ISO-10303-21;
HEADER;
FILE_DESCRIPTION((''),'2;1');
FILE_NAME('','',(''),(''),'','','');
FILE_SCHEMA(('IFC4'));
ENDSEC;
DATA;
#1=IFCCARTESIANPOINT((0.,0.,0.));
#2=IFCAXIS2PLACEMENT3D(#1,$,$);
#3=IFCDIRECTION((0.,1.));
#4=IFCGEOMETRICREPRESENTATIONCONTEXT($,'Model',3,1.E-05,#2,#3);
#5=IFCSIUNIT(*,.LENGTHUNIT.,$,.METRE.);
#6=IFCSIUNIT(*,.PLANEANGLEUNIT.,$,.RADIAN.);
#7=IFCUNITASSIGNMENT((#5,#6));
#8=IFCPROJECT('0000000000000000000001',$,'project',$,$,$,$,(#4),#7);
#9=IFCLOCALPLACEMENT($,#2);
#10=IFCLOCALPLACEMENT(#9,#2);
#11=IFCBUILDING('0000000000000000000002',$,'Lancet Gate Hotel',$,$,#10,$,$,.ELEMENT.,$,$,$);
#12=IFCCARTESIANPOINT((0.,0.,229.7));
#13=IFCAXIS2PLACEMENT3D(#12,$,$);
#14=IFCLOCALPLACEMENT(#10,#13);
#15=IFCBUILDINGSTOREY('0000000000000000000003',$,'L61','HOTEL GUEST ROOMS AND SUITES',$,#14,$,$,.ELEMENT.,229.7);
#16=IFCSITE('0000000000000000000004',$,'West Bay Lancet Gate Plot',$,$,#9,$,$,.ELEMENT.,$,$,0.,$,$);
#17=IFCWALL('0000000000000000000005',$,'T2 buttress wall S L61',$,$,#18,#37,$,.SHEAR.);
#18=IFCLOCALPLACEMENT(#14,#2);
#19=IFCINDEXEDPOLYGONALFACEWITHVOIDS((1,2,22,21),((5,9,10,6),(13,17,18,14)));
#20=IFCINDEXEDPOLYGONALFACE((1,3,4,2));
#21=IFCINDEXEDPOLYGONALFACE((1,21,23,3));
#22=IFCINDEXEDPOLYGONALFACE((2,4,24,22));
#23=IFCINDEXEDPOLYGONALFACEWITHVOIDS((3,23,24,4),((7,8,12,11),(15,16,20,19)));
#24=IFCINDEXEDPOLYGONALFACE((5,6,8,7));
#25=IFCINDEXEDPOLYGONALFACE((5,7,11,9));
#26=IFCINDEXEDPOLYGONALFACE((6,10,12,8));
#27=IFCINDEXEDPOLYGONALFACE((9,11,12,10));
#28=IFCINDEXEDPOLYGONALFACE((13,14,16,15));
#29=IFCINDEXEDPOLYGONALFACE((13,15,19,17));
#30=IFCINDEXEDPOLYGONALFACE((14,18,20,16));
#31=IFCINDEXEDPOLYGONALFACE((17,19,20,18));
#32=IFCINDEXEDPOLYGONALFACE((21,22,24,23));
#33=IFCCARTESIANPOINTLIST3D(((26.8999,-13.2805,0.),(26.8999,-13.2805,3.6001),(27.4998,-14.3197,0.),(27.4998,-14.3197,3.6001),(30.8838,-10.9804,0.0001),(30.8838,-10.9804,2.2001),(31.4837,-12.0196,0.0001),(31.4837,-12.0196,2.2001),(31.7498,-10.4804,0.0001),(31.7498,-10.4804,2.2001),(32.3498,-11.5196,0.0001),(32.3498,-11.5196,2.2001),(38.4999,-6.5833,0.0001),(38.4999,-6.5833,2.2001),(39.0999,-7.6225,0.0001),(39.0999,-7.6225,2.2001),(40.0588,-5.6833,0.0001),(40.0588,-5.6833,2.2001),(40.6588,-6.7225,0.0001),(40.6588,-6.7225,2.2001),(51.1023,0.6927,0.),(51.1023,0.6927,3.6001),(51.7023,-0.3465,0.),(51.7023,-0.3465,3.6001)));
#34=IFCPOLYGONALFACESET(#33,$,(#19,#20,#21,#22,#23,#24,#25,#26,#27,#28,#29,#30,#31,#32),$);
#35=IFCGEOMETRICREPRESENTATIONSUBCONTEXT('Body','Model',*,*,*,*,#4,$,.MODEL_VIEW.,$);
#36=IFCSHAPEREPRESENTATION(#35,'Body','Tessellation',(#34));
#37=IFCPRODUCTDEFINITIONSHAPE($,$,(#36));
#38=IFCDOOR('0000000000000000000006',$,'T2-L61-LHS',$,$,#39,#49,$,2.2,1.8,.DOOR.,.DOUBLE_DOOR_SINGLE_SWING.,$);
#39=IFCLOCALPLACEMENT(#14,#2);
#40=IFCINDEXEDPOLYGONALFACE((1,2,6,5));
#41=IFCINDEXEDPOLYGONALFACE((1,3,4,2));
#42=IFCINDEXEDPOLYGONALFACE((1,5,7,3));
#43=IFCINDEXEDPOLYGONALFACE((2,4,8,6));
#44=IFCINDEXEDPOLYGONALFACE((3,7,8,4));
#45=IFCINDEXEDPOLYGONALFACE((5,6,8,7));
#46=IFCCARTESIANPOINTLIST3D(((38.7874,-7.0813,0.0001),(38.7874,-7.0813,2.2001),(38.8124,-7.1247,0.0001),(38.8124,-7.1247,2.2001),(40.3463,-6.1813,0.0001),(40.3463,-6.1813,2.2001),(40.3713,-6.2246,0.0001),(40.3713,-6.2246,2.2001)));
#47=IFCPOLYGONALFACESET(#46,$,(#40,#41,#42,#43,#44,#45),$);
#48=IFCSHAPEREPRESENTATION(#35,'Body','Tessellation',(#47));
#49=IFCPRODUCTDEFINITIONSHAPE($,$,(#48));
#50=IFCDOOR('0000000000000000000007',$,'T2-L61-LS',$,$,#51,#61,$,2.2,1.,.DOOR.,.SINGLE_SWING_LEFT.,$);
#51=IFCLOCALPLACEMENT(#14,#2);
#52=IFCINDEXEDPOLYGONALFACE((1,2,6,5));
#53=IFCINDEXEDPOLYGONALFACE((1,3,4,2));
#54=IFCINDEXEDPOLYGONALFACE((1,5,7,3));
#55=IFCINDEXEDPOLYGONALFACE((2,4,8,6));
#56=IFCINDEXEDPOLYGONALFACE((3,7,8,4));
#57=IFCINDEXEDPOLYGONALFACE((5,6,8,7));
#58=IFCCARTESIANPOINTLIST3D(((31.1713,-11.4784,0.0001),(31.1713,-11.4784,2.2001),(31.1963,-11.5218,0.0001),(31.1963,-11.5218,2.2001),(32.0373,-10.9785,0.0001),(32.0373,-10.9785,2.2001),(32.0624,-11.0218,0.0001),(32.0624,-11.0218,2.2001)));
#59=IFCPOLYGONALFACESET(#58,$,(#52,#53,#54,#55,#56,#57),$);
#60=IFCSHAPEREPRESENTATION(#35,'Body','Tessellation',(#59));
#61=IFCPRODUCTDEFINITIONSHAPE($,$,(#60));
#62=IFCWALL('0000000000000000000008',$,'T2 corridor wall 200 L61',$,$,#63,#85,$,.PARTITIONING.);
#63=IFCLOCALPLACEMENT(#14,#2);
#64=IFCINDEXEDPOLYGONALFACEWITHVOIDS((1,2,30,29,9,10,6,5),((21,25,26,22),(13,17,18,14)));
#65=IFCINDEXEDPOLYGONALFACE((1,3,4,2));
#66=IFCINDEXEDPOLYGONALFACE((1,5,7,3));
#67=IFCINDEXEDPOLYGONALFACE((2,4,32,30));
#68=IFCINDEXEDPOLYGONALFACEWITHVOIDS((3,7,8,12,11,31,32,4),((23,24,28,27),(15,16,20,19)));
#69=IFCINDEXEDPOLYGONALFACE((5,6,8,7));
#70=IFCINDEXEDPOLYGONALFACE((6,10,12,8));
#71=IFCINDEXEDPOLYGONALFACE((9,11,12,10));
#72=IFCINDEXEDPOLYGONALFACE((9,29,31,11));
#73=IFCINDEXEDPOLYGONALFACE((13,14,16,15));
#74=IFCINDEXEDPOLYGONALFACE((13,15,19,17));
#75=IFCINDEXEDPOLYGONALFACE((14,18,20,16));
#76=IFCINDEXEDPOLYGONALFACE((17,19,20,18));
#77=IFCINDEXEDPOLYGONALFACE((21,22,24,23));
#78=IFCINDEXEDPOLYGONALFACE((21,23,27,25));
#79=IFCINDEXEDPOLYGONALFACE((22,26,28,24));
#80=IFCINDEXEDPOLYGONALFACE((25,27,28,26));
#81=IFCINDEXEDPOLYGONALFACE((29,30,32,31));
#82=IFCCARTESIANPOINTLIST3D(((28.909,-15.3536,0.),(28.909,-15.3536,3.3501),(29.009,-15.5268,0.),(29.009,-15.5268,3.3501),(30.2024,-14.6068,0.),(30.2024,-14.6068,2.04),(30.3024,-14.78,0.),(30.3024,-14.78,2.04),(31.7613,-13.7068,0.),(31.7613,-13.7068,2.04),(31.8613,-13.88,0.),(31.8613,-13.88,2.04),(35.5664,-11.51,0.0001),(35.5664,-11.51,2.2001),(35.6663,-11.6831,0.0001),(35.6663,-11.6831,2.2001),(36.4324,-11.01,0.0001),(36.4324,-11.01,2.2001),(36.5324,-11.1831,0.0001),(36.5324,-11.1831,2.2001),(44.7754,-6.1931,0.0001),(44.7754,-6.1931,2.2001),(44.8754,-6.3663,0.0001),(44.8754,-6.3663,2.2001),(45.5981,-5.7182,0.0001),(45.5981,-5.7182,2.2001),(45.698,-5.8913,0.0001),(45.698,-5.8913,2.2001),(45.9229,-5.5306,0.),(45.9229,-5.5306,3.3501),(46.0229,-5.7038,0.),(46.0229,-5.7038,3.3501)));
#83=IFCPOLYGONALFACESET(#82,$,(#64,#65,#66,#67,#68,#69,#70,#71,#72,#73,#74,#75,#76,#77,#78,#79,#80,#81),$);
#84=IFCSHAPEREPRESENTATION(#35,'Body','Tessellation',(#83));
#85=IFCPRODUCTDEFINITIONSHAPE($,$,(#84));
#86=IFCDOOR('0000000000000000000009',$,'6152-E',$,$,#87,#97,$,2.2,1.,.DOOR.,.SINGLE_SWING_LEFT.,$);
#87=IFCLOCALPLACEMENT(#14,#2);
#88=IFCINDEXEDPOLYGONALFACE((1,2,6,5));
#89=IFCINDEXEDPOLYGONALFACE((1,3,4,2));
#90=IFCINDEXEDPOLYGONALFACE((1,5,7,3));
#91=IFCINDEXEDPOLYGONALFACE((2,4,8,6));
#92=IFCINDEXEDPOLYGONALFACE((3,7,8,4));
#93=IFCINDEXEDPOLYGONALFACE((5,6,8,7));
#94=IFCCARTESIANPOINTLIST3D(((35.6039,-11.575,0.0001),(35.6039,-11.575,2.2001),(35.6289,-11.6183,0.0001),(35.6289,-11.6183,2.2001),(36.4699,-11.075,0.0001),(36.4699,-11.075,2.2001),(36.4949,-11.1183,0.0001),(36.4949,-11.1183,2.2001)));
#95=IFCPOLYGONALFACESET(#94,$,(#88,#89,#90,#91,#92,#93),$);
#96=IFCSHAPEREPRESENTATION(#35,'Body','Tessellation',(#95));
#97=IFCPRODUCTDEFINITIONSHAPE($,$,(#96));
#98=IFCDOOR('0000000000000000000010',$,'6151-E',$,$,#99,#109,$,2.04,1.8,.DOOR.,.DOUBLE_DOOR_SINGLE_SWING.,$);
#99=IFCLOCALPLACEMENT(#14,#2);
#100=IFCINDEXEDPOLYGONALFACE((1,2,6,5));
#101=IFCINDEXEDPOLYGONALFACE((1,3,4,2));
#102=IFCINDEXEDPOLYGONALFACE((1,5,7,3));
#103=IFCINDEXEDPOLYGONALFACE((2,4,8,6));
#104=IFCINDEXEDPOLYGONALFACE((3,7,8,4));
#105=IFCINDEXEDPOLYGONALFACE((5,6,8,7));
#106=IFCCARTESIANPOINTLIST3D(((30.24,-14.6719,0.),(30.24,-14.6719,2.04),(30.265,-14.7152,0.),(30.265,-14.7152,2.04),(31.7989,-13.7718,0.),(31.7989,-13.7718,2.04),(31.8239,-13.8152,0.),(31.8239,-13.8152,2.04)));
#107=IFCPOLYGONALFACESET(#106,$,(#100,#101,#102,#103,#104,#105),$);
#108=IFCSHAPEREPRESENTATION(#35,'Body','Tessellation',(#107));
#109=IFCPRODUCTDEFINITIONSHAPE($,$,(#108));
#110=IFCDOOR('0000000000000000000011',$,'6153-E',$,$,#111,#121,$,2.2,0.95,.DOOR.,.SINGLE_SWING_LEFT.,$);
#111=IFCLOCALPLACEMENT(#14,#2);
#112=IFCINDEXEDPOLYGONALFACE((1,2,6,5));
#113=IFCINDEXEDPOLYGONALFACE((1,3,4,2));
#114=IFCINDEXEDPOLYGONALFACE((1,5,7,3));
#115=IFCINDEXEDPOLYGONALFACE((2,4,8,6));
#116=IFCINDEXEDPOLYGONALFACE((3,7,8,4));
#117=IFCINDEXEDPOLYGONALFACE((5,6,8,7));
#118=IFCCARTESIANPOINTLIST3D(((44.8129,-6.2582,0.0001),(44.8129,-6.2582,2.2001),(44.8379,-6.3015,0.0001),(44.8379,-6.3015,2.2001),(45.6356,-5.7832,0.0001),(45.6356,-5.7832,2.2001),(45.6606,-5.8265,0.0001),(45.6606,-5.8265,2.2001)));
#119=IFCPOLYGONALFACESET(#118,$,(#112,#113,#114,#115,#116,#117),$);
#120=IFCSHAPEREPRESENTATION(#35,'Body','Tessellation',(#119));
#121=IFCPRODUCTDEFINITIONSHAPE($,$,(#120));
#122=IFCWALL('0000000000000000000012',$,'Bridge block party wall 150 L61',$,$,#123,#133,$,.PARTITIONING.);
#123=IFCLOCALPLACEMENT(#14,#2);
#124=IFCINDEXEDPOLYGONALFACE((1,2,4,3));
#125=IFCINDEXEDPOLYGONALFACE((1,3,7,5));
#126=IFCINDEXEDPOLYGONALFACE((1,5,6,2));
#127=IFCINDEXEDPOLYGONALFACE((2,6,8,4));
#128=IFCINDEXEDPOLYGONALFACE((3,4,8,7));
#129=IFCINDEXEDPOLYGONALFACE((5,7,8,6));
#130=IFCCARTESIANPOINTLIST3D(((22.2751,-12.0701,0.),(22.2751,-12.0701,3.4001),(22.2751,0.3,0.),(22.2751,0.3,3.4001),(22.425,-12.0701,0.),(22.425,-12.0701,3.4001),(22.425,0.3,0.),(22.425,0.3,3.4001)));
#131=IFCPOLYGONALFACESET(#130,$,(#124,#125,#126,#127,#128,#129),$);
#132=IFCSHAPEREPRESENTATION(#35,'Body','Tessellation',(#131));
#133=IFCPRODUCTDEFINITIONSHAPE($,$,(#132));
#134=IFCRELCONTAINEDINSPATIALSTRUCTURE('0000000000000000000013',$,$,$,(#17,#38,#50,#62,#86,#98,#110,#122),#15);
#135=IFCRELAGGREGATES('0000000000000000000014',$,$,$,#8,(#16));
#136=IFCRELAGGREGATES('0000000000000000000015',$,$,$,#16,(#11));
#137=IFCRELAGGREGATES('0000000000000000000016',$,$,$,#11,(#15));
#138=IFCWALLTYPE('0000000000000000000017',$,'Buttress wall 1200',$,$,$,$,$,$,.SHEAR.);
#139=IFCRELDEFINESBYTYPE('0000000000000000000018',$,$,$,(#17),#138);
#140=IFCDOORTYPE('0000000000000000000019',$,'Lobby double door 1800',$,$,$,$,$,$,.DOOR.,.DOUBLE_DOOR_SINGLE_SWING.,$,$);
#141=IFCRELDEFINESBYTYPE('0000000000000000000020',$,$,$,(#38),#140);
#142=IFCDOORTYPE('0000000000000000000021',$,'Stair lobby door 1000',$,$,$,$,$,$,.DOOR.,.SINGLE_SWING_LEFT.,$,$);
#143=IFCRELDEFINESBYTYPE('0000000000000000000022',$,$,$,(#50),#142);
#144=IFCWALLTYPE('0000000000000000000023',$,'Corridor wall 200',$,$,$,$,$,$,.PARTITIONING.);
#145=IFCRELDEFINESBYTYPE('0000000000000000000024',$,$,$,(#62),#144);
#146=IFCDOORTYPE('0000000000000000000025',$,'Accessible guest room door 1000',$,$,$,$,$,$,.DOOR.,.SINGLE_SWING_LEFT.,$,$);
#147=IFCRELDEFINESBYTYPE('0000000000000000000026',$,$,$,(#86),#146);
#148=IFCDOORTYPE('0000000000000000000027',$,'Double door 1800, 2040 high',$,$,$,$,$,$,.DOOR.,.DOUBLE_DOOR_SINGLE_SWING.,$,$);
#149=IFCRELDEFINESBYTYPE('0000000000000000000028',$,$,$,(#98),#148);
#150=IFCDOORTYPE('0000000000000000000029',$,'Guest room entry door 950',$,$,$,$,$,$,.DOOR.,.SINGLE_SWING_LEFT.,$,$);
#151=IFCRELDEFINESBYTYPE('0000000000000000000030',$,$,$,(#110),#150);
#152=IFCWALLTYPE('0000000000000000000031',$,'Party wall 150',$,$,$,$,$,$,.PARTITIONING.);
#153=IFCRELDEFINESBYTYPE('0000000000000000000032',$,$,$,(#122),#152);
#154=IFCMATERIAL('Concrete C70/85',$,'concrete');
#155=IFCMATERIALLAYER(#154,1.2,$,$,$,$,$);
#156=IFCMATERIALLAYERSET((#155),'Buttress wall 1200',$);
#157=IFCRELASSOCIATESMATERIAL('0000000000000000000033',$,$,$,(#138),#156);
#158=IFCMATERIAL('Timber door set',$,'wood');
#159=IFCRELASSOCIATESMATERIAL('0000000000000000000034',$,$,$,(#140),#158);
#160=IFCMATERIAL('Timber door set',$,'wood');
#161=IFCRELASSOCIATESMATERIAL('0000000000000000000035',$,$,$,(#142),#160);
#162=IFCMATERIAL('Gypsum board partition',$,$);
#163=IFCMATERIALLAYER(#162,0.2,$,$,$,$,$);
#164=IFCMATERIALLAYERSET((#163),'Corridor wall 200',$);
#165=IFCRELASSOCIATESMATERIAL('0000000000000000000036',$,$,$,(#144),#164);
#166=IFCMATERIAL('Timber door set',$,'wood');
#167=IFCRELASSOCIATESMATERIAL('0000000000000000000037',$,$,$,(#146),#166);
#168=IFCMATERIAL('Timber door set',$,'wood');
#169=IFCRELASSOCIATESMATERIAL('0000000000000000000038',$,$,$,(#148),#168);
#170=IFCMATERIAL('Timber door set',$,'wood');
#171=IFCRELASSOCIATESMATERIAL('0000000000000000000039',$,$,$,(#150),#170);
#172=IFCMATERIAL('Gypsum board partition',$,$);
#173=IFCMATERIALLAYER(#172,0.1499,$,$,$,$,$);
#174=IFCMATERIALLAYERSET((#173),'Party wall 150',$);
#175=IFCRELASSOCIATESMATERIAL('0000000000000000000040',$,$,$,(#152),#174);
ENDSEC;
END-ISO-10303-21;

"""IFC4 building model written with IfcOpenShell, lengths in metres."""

from ifc_helpers import new_model, si_unit, direction, frame, frame_2d, origin, place, context, subcontext, project, spatial, rectangle, extrude, material, layer, layer_set, type_object, element, fill, save


model = new_model("IFC4")

# Units and contexts
model_context = context("Model", 3, precision=1e-05, world=origin(), true_north=direction((0.0, 1.0)))
body_context = subcontext(model_context, "Body", "Model", "MODEL_VIEW")
ifc_project = project(units=[si_unit("LENGTHUNIT", "METRE"), si_unit("PLANEANGLEUNIT", "RADIAN")], contexts=[model_context])

# Site, building, storey
site_placement = place(None, origin())
site = spatial("IfcSite", under=ifc_project, at=site_placement, Name="West Bay Lancet Gate Plot", CompositionType="ELEMENT", RefElevation=0.0)
building_placement = place(site_placement, origin())
building = spatial("IfcBuilding", under=site, at=building_placement, Name="Lancet Gate Hotel", CompositionType="ELEMENT")
storey_placement = place(building_placement, frame((0.0, 0.0, 229.7)))
storey = spatial("IfcBuildingStorey", under=building, at=storey_placement, Name="L61", Description="HOTEL GUEST ROOMS AND SUITES", CompositionType="ELEMENT", Elevation=229.7)

# Walls, openings, doors
ifc_material_1 = material(Name="Concrete C70/85", Category="concrete")
ifc_layer_1 = layer(ifc_material_1, 1.2)
ifc_layer_set_1 = layer_set([ifc_layer_1], Name="Buttress wall 1200")
wall_type_1 = type_object("IfcWallType", Name="Buttress wall 1200", PredefinedType="SHEAR", material=ifc_layer_set_1)
wall_1_placement = place(storey_placement, frame((27.2, -13.8, 0.0), z_axis=(0.0, 0.0, 1.0), x_axis=(0.866027, 0.499997, 0.0)))
wall_1 = element("IfcWall", 1, at=wall_1_placement, inside=storey, type_object=wall_type_1, Name="T2 buttress wall S L61", PredefinedType="SHEAR", context=body_context, shape_type="SweptSolid", body=[
    extrude(rectangle(XDim=27.9465, YDim=1.2, at=frame_2d((13.9731, 0.0))), origin(), (0.0, 0.0, 1.0), 3.6001),
])
opening_1_placement = place(wall_1_placement, frame((4.6001, 0.0, 0.0)))
opening_1 = element("IfcOpeningElement", 2, at=opening_1_placement, cuts=wall_1, PredefinedType="OPENING", context=body_context, shape_type="SweptSolid", body=[
    extrude(rectangle(XDim=1.0, YDim=2.2, at=frame_2d((0.5, 1.1001))), frame((0.0, 0.6099, 0.0), z_axis=(0.0, -1.0, 0.0), x_axis=(1.0, 0.0, 0.0)), (0.0, 0.0, 1.0), 1.22),
])
opening_2_placement = place(wall_1_placement, frame((13.3945, 0.0, 0.0)))
opening_2 = element("IfcOpeningElement", 3, at=opening_2_placement, cuts=wall_1, PredefinedType="OPENING", context=body_context, shape_type="SweptSolid", body=[
    extrude(rectangle(XDim=1.8, YDim=2.2, at=frame_2d((0.8999, 1.1001))), frame((0.0, 0.6099, 0.0), z_axis=(0.0, -1.0, 0.0), x_axis=(1.0, 0.0, 0.0)), (0.0, 0.0, 1.0), 1.22),
])
ifc_material_2 = material(Name="Timber door set", Category="wood")
door_type_1 = type_object("IfcDoorType", Name="Lobby double door 1800", OperationType="DOUBLE_DOOR_SINGLE_SWING", PredefinedType="DOOR", material=ifc_material_2)
door_1_placement = place(opening_2_placement, origin())
door_1 = element("IfcDoor", 4, at=door_1_placement, inside=storey, type_object=door_type_1, Name="T2-L61-LHS", OperationType="DOUBLE_DOOR_SINGLE_SWING", OverallHeight=2.2, OverallWidth=1.8, PredefinedType="DOOR", context=body_context, shape_type="SweptSolid", body=[
    extrude(rectangle(XDim=1.8, YDim=2.2, at=frame_2d((0.8999, 1.1001))), frame((0.0, 0.0249, 0.0), z_axis=(0.0, -1.0, 0.0), x_axis=(1.0, 0.0, 0.0)), (0.0, 0.0, 1.0), 0.05),
])
fill(opening_2, door_1)
ifc_material_3 = material(Name="Timber door set", Category="wood")
door_type_2 = type_object("IfcDoorType", Name="Stair lobby door 1000", OperationType="SINGLE_SWING_LEFT", PredefinedType="DOOR", material=ifc_material_3)
door_2_placement = place(opening_1_placement, origin())
door_2 = element("IfcDoor", 5, at=door_2_placement, inside=storey, type_object=door_type_2, Name="T2-L61-LS", OperationType="SINGLE_SWING_LEFT", OverallHeight=2.2, OverallWidth=1.0, PredefinedType="DOOR", context=body_context, shape_type="SweptSolid", body=[
    extrude(rectangle(XDim=1.0, YDim=2.2, at=frame_2d((0.5, 1.1001))), frame((0.0, 0.0249, 0.0), z_axis=(0.0, -1.0, 0.0), x_axis=(1.0, 0.0, 0.0)), (0.0, 0.0, 1.0), 0.05),
])
fill(opening_1, door_2)
ifc_material_4 = material(Name="Gypsum board partition")
ifc_layer_2 = layer(ifc_material_4, 0.2)
ifc_layer_set_2 = layer_set([ifc_layer_2], Name="Corridor wall 200")
wall_type_2 = type_object("IfcWallType", Name="Corridor wall 200", PredefinedType="PARTITIONING", material=ifc_layer_set_2)
wall_2_placement = place(storey_placement, frame((28.959, -15.4402, 0.0), z_axis=(0.0, 0.0, 1.0), x_axis=(0.866025, 0.5, 0.0)))
wall_2 = element("IfcWall", 6, at=wall_2_placement, inside=storey, type_object=wall_type_2, Name="T2 corridor wall 200 L61", PredefinedType="PARTITIONING", context=body_context, shape_type="SweptSolid", body=[
    extrude(rectangle(XDim=19.646, YDim=0.2, at=frame_2d((9.823, 0.0))), origin(), (0.0, 0.0, 1.0), 3.3501),
])
opening_3_placement = place(wall_2_placement, frame((1.4937, 0.0, 0.0)))
opening_3 = element("IfcOpeningElement", 7, at=opening_3_placement, cuts=wall_2, PredefinedType="OPENING", context=body_context, shape_type="SweptSolid", body=[
    extrude(rectangle(XDim=1.8, YDim=2.04, at=frame_2d((0.8999, 1.02))), frame((0.0, 0.1099, 0.0), z_axis=(0.0, -1.0, 0.0), x_axis=(1.0, 0.0, 0.0)), (0.0, 0.0, 1.0), 0.22),
])
opening_4_placement = place(wall_2_placement, frame((7.6873, 0.0, 0.0)))
opening_4 = element("IfcOpeningElement", 8, at=opening_4_placement, cuts=wall_2, PredefinedType="OPENING", context=body_context, shape_type="SweptSolid", body=[
    extrude(rectangle(XDim=1.0, YDim=2.2, at=frame_2d((0.5, 1.1001))), frame((0.0, 0.1099, 0.0), z_axis=(0.0, -1.0, 0.0), x_axis=(1.0, 0.0, 0.0)), (0.0, 0.0, 1.0), 0.22),
])
opening_5_placement = place(wall_2_placement, frame((18.3208, 0.0, 0.0)))
opening_5 = element("IfcOpeningElement", 9, at=opening_5_placement, cuts=wall_2, PredefinedType="OPENING", context=body_context, shape_type="SweptSolid", body=[
    extrude(rectangle(XDim=0.95, YDim=2.2, at=frame_2d((0.4751, 1.1001))), frame((0.0, 0.1099, 0.0), z_axis=(0.0, -1.0, 0.0), x_axis=(1.0, 0.0, 0.0)), (0.0, 0.0, 1.0), 0.22),
])
ifc_material_5 = material(Name="Timber door set", Category="wood")
door_type_3 = type_object("IfcDoorType", Name="Accessible guest room door 1000", OperationType="SINGLE_SWING_LEFT", PredefinedType="DOOR", material=ifc_material_5)
door_3_placement = place(opening_4_placement, origin())
door_3 = element("IfcDoor", 10, at=door_3_placement, inside=storey, type_object=door_type_3, Name="6152-E", OperationType="SINGLE_SWING_LEFT", OverallHeight=2.2, OverallWidth=1.0, PredefinedType="DOOR", context=body_context, shape_type="SweptSolid", body=[
    extrude(rectangle(XDim=1.0, YDim=2.2, at=frame_2d((0.5, 1.1001))), frame((0.0, 0.0249, 0.0), z_axis=(0.0, -1.0, 0.0), x_axis=(1.0, 0.0, 0.0)), (0.0, 0.0, 1.0), 0.05),
])
fill(opening_4, door_3)
ifc_material_6 = material(Name="Timber door set", Category="wood")
door_type_4 = type_object("IfcDoorType", Name="Double door 1800, 2040 high", OperationType="DOUBLE_DOOR_SINGLE_SWING", PredefinedType="DOOR", material=ifc_material_6)
door_4_placement = place(opening_3_placement, origin())
door_4 = element("IfcDoor", 11, at=door_4_placement, inside=storey, type_object=door_type_4, Name="6151-E", OperationType="DOUBLE_DOOR_SINGLE_SWING", OverallHeight=2.04, OverallWidth=1.8, PredefinedType="DOOR", context=body_context, shape_type="SweptSolid", body=[
    extrude(rectangle(XDim=1.8, YDim=2.04, at=frame_2d((0.8999, 1.02))), frame((0.0, 0.0249, 0.0), z_axis=(0.0, -1.0, 0.0), x_axis=(1.0, 0.0, 0.0)), (0.0, 0.0, 1.0), 0.05),
])
fill(opening_3, door_4)
ifc_material_7 = material(Name="Timber door set", Category="wood")
door_type_5 = type_object("IfcDoorType", Name="Guest room entry door 950", OperationType="SINGLE_SWING_LEFT", PredefinedType="DOOR", material=ifc_material_7)
door_5_placement = place(opening_5_placement, origin())
door_5 = element("IfcDoor", 12, at=door_5_placement, inside=storey, type_object=door_type_5, Name="6153-E", OperationType="SINGLE_SWING_LEFT", OverallHeight=2.2, OverallWidth=0.95, PredefinedType="DOOR", context=body_context, shape_type="SweptSolid", body=[
    extrude(rectangle(XDim=0.95, YDim=2.2, at=frame_2d((0.4751, 1.1001))), frame((0.0, 0.0249, 0.0), z_axis=(0.0, -1.0, 0.0), x_axis=(1.0, 0.0, 0.0)), (0.0, 0.0, 1.0), 0.05),
])
fill(opening_5, door_5)

# Wall
ifc_material_8 = material(Name="Gypsum board partition")
ifc_layer_3 = layer(ifc_material_8, 0.1499)
ifc_layer_set_3 = layer_set([ifc_layer_3], Name="Party wall 150")
wall_type_3 = type_object("IfcWallType", Name="Party wall 150", PredefinedType="PARTITIONING", material=ifc_layer_set_3)
wall_3_placement = place(storey_placement, frame((22.3501, -12.0701, 0.0), z_axis=(0.0, 0.0, 1.0), x_axis=(0.0, 1.0, 0.0)))
element("IfcWall", 13, at=wall_3_placement, inside=storey, type_object=wall_type_3, Name="Bridge block party wall 150 L61", PredefinedType="PARTITIONING", context=body_context, shape_type="SweptSolid", body=[
    extrude(rectangle(XDim=12.3701, YDim=0.1499, at=frame_2d((6.1851, 0.0))), origin(), (0.0, 0.0, 1.0), 3.4001),
])

save(model, "model.ifc")
